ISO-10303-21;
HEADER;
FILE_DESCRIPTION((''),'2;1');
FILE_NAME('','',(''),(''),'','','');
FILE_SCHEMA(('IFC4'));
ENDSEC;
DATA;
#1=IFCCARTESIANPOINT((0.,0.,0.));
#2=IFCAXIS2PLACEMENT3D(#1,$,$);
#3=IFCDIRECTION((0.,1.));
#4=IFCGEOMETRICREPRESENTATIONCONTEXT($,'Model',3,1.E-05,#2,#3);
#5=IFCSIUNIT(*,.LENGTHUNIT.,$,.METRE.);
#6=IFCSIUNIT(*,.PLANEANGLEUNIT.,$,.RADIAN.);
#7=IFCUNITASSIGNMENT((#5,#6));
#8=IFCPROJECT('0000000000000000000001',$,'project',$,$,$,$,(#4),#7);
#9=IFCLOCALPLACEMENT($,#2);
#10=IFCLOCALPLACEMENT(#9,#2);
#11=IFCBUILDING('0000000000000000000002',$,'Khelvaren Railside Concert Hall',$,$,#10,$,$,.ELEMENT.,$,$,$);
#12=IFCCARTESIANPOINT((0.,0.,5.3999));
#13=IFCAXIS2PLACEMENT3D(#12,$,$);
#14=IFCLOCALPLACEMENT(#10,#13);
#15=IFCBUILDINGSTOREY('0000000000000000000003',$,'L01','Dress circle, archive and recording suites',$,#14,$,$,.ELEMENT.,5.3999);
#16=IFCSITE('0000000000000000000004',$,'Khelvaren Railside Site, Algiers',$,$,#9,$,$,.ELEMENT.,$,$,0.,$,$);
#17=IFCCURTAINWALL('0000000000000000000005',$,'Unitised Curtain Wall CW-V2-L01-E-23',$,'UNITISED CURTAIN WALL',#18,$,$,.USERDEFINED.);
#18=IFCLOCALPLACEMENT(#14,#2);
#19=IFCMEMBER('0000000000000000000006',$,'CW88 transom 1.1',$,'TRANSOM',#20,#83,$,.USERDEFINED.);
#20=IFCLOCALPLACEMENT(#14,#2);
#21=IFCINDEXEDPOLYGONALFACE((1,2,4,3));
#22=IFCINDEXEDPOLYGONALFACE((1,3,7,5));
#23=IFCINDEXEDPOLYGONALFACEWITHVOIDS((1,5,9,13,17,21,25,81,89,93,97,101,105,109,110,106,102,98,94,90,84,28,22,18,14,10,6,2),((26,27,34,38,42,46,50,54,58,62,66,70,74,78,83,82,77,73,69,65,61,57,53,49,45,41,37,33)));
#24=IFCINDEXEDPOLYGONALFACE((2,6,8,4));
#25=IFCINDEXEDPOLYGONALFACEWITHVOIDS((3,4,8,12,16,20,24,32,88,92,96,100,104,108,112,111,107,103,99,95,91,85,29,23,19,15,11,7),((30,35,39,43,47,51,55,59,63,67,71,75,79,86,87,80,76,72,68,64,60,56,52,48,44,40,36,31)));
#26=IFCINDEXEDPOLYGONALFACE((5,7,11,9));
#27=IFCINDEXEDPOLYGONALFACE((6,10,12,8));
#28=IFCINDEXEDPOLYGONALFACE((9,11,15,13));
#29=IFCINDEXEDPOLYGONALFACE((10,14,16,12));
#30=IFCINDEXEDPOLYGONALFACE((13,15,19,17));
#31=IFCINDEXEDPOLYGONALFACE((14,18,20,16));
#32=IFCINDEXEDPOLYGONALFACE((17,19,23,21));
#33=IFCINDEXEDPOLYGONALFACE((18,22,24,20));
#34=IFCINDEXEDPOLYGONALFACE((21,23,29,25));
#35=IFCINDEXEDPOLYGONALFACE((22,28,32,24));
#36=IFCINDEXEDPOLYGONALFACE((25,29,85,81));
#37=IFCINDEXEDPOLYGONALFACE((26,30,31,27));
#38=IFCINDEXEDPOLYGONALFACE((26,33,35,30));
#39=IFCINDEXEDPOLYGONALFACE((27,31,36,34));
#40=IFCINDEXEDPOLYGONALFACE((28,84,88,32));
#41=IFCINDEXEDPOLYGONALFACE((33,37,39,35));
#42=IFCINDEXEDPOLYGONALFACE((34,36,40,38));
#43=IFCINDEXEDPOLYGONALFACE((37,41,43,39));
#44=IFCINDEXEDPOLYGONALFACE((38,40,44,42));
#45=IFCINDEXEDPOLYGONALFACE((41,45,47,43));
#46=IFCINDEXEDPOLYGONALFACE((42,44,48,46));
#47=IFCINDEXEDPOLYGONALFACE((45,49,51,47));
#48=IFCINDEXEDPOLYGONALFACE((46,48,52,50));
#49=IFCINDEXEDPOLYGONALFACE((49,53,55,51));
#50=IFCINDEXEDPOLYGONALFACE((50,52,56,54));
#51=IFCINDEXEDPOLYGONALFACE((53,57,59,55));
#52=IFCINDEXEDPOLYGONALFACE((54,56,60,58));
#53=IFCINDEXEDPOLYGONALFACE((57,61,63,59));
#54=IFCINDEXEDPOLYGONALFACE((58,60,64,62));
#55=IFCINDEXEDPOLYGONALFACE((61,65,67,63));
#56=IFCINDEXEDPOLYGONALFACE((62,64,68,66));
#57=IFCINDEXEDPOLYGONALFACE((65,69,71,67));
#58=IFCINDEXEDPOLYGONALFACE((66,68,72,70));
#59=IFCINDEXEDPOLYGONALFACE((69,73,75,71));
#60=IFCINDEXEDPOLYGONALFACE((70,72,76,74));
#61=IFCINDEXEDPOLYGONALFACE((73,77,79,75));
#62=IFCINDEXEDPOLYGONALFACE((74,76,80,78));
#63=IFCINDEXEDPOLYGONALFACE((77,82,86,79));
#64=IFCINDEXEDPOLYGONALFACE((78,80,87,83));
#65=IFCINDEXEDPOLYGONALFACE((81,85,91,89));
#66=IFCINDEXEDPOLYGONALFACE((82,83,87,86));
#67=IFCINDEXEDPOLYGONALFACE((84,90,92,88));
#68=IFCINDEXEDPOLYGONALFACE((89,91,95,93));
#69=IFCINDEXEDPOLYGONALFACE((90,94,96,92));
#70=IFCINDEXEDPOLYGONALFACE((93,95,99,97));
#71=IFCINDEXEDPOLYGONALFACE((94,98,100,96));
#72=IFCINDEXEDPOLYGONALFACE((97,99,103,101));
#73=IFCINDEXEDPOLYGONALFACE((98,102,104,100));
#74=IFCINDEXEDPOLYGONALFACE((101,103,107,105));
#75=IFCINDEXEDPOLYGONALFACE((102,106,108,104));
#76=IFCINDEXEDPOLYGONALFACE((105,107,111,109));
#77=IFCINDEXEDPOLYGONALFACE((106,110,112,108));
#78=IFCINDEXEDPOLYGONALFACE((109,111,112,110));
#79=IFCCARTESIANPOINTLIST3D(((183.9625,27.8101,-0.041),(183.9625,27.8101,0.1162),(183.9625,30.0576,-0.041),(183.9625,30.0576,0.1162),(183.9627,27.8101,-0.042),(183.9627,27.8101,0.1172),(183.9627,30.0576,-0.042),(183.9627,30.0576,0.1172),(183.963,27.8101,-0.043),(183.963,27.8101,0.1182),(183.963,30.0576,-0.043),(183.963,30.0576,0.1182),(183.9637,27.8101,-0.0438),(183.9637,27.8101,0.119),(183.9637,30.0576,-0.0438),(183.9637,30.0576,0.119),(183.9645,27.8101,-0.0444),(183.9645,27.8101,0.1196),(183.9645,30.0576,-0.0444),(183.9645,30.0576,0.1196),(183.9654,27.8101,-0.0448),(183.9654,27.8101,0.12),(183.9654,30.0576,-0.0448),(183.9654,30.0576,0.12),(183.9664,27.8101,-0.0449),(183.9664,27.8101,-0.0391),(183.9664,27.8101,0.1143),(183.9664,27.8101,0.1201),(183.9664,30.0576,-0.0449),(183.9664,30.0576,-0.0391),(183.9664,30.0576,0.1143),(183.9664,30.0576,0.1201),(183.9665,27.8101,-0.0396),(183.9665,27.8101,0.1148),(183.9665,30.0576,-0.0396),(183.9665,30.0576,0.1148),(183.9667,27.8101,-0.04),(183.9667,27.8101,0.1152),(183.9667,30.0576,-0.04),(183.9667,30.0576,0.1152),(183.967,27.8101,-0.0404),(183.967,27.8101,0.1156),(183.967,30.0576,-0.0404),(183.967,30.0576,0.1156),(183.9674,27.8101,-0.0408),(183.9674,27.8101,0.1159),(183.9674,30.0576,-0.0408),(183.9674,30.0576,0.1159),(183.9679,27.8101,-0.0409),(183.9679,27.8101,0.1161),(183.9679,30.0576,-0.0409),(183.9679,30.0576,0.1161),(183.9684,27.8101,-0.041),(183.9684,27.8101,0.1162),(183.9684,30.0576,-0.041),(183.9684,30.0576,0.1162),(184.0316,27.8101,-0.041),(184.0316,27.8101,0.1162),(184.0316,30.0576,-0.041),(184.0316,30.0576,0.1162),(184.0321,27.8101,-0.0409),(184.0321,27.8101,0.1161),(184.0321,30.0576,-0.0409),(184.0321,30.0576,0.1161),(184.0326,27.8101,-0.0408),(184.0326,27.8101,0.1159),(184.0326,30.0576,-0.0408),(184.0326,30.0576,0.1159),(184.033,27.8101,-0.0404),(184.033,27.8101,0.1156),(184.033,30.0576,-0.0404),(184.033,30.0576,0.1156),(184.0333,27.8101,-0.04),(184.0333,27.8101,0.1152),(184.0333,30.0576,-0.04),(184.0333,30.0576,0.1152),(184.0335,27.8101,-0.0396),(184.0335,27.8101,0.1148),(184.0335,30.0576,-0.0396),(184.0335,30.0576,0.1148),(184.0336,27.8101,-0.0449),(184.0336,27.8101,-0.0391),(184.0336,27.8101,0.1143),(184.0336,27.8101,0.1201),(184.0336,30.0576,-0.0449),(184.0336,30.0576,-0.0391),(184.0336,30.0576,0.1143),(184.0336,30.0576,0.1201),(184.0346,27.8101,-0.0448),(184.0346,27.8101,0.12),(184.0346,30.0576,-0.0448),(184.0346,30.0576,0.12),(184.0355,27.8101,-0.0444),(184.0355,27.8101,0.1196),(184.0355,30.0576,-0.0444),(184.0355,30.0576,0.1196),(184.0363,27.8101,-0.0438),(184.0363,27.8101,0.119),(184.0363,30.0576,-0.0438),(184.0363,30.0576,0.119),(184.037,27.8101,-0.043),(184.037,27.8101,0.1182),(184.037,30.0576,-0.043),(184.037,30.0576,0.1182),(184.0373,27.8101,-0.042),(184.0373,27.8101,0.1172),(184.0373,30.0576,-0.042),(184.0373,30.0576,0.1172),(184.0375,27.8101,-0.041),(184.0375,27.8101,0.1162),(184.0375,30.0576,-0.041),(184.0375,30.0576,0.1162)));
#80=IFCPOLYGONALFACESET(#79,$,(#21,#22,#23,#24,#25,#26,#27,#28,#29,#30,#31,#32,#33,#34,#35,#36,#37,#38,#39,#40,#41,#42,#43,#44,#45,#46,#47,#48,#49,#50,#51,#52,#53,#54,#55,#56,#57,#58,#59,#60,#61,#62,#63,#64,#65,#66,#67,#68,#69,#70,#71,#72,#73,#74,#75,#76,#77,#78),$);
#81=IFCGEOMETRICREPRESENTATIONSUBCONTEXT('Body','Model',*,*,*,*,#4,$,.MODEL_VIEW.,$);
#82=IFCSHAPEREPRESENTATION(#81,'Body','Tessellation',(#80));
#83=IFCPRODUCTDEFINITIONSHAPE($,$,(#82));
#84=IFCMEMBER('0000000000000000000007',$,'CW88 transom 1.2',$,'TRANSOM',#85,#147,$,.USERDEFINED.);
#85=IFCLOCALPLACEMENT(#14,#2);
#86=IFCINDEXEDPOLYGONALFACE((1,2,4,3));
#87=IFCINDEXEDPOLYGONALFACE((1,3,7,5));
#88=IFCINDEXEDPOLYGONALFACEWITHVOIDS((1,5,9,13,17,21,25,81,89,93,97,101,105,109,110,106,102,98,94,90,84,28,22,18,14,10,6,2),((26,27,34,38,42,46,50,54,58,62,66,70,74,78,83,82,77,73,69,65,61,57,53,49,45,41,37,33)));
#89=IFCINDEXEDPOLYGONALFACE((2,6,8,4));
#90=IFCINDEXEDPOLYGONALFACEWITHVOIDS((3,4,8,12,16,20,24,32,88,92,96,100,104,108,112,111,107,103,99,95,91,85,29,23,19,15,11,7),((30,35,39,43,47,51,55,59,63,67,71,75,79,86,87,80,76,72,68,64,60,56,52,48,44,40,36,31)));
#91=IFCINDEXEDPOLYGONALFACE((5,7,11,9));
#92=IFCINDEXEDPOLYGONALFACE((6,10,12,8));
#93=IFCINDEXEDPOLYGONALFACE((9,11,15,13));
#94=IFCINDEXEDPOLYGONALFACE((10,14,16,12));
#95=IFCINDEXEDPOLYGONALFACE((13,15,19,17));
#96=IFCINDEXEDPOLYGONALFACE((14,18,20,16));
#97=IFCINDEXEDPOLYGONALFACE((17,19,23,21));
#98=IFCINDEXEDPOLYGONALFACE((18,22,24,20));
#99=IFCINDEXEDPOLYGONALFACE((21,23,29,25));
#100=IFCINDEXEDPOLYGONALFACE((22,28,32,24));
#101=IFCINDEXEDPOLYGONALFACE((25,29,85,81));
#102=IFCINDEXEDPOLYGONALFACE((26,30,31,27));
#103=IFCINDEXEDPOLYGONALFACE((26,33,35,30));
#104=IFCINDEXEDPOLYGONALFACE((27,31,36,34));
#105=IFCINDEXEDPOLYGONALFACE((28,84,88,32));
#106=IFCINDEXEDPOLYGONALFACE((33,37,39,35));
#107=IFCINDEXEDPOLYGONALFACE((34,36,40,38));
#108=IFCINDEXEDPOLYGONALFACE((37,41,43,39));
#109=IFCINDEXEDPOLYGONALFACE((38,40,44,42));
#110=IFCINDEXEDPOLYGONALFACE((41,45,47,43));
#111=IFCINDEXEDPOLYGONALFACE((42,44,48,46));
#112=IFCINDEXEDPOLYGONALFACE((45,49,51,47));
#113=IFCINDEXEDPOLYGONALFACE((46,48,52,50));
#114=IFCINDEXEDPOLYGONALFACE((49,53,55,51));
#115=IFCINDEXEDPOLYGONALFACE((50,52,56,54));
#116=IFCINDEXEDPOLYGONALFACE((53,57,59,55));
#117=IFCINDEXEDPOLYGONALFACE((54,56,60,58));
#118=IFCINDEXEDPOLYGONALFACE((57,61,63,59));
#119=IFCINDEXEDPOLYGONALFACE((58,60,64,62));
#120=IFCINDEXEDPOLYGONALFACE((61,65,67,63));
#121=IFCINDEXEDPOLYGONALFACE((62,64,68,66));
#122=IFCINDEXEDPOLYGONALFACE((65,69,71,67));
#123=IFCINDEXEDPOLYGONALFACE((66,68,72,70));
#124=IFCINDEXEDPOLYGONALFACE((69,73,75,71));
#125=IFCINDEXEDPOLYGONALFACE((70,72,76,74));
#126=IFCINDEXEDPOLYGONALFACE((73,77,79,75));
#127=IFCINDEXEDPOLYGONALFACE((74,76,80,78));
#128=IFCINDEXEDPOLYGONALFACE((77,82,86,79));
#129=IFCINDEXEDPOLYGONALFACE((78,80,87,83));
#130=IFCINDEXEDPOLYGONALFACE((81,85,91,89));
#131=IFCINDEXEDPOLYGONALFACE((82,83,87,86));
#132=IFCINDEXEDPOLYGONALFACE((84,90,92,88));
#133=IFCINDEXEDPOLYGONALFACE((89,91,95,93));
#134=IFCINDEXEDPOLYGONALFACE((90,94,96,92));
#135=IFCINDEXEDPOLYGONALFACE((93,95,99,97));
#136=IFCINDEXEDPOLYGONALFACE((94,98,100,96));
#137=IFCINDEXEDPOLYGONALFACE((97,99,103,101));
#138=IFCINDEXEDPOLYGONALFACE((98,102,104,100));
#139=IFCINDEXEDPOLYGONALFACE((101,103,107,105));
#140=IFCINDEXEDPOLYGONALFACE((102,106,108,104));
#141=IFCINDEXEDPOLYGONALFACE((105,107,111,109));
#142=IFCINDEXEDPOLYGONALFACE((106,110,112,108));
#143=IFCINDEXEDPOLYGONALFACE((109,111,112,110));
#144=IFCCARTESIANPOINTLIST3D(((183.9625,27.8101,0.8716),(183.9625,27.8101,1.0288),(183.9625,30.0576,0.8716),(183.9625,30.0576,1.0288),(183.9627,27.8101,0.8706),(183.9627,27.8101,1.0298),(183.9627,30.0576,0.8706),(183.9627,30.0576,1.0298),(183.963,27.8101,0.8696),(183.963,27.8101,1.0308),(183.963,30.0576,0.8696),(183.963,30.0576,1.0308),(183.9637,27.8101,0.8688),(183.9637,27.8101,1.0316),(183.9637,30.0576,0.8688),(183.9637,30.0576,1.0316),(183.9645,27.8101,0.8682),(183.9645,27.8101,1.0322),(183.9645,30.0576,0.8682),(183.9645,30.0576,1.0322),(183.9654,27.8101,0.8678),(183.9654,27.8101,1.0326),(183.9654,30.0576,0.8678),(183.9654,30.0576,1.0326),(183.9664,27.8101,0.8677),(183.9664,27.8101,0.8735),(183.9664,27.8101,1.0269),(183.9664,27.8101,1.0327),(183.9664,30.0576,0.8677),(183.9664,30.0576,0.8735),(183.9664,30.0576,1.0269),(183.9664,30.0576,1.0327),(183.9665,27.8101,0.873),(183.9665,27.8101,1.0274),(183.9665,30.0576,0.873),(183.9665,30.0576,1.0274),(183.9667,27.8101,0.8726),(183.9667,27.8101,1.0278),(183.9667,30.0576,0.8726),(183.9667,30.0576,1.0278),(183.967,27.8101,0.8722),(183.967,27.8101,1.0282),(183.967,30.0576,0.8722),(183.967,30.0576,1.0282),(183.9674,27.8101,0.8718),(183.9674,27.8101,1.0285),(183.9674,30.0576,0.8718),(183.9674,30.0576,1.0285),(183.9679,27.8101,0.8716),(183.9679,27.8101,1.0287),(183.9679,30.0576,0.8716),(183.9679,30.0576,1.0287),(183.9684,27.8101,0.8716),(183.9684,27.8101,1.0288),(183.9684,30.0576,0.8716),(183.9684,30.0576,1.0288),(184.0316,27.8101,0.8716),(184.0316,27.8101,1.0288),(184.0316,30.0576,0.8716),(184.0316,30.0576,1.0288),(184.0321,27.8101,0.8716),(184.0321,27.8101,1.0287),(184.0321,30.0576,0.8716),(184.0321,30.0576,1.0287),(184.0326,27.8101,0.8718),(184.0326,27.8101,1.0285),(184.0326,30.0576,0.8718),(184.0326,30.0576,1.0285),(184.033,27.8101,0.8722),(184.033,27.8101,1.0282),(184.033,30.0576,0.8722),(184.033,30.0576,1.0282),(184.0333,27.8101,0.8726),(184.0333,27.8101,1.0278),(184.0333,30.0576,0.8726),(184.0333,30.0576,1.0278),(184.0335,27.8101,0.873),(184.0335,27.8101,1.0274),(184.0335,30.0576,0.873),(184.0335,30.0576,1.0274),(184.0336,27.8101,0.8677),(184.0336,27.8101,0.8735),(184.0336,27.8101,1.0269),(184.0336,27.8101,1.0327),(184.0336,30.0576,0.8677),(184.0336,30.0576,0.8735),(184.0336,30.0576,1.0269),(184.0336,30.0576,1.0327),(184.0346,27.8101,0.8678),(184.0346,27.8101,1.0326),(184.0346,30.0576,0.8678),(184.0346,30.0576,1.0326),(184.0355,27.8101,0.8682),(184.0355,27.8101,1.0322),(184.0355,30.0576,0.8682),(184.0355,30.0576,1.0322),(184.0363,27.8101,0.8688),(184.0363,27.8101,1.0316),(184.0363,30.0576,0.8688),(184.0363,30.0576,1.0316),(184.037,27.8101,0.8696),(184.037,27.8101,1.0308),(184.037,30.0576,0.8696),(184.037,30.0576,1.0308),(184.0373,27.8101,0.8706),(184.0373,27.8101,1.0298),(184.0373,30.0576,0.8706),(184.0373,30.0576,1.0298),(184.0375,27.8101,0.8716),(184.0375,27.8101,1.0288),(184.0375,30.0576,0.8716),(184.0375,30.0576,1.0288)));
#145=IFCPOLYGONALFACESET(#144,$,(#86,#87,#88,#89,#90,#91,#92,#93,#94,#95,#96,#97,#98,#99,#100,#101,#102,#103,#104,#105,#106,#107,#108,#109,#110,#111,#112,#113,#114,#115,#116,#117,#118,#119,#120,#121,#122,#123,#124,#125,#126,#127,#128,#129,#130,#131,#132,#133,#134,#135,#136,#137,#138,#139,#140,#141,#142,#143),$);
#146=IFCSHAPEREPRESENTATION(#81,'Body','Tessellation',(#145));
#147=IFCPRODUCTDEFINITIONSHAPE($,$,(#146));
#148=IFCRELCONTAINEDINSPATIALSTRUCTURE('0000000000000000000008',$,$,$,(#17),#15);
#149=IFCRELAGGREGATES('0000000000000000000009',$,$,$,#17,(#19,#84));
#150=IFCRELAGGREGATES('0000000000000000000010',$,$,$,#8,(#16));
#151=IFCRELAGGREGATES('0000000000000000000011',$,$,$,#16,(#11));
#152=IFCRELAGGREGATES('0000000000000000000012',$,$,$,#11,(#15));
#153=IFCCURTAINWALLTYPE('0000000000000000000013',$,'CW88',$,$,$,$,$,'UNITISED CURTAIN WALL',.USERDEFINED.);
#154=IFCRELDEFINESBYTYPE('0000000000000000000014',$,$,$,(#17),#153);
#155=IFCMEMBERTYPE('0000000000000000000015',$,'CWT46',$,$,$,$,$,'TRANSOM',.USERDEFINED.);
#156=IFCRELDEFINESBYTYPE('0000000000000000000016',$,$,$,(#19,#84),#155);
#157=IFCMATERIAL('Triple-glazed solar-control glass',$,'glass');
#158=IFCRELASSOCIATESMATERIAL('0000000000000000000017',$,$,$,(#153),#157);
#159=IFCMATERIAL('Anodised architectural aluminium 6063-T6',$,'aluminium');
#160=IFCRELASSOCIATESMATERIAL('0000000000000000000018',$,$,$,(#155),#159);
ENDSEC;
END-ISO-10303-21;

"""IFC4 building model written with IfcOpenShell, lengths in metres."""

from ifc_helpers import new_model, si_unit, direction, frame, origin, origin_2d, place, context, subcontext, project, spatial, hollow_rectangle, extrude, material, material_profile, profile_set, type_object, element, aggregate, save


model = new_model("IFC4")

# Units and contexts
model_context = context("Model", 3, precision=1e-05, world=origin(), true_north=direction((0.0, 1.0)))
body_context = subcontext(model_context, "Body", "Model", "MODEL_VIEW")
ifc_project = project(units=[si_unit("LENGTHUNIT", "METRE"), si_unit("PLANEANGLEUNIT", "RADIAN")], contexts=[model_context])

# Site, building, storey
site_placement = place(None, origin())
site = spatial("IfcSite", under=ifc_project, at=site_placement, Name="Khelvaren Railside Site, Algiers", CompositionType="ELEMENT", RefElevation=0.0)
building_placement = place(site_placement, origin())
building = spatial("IfcBuilding", under=site, at=building_placement, Name="Khelvaren Railside Concert Hall", CompositionType="ELEMENT")
storey_placement = place(building_placement, frame((0.0, 0.0, 5.3999)))
storey = spatial("IfcBuildingStorey", under=building, at=storey_placement, Name="L01", Description="Dress circle, archive and recording suites", CompositionType="ELEMENT", Elevation=5.3999)

# Curtain wall, members
ifc_material_1 = material(Name="Triple-glazed solar-control glass", Category="glass")
curtain_wall_type = type_object("IfcCurtainWallType", Name="CW88", ElementType="UNITISED CURTAIN WALL", PredefinedType="USERDEFINED", material=ifc_material_1)
curtain_wall_placement = place(storey_placement, origin())
curtain_wall = element("IfcCurtainWall", 1, at=curtain_wall_placement, inside=storey, type_object=curtain_wall_type, Name="Unitised Curtain Wall CW-V2-L01-E-23", ObjectType="UNITISED CURTAIN WALL", PredefinedType="USERDEFINED")
ifc_material_2 = material(Name="Anodised architectural aluminium 6063-T6", Category="aluminium")
ifc_material_profile_1 = material_profile(ifc_material_2, hollow_rectangle(XDim=0.075, YDim=0.165, WallThickness=0.0039, InnerFilletRadius=0.002, OuterFilletRadius=0.0039, at=origin_2d()), Name="CWT 75x165x4")
ifc_profile_set_1 = profile_set([ifc_material_profile_1], Name="Anodised architectural aluminium 6063-T6")
member_type_1 = type_object("IfcMemberType", Name="CWT46", ElementType="TRANSOM", PredefinedType="USERDEFINED", material=ifc_profile_set_1)
member_1_placement = place(storey_placement, frame((184.0, 30.0576, 0.0376), z_axis=(0.0, -1.0, 0.0), x_axis=(1.0, 0.0, 0.0)))
member_1 = element("IfcMember", 2, at=member_1_placement, type_object=member_type_1, Name="CW88 transom 1.1", ObjectType="TRANSOM", PredefinedType="USERDEFINED", context=body_context, shape_type="SweptSolid", body=[
    extrude(hollow_rectangle(XDim=0.075, YDim=0.165, WallThickness=0.0039, InnerFilletRadius=0.002, OuterFilletRadius=0.0039, at=origin_2d()), origin(), (0.0, 0.0, 1.0), 2.2476),
])
member_2_placement = place(storey_placement, frame((184.0, 30.0576, 0.9502), z_axis=(0.0, -1.0, 0.0), x_axis=(1.0, 0.0, 0.0)))
member_2 = element("IfcMember", 3, at=member_2_placement, type_object=member_type_1, Name="CW88 transom 1.2", ObjectType="TRANSOM", PredefinedType="USERDEFINED", context=body_context, shape_type="SweptSolid", body=[
    extrude(hollow_rectangle(XDim=0.075, YDim=0.165, WallThickness=0.0039, InnerFilletRadius=0.002, OuterFilletRadius=0.0039, at=origin_2d()), origin(), (0.0, 0.0, 1.0), 2.2476),
])
aggregate(curtain_wall, [member_1, member_2])

save(model, "model.ifc")
